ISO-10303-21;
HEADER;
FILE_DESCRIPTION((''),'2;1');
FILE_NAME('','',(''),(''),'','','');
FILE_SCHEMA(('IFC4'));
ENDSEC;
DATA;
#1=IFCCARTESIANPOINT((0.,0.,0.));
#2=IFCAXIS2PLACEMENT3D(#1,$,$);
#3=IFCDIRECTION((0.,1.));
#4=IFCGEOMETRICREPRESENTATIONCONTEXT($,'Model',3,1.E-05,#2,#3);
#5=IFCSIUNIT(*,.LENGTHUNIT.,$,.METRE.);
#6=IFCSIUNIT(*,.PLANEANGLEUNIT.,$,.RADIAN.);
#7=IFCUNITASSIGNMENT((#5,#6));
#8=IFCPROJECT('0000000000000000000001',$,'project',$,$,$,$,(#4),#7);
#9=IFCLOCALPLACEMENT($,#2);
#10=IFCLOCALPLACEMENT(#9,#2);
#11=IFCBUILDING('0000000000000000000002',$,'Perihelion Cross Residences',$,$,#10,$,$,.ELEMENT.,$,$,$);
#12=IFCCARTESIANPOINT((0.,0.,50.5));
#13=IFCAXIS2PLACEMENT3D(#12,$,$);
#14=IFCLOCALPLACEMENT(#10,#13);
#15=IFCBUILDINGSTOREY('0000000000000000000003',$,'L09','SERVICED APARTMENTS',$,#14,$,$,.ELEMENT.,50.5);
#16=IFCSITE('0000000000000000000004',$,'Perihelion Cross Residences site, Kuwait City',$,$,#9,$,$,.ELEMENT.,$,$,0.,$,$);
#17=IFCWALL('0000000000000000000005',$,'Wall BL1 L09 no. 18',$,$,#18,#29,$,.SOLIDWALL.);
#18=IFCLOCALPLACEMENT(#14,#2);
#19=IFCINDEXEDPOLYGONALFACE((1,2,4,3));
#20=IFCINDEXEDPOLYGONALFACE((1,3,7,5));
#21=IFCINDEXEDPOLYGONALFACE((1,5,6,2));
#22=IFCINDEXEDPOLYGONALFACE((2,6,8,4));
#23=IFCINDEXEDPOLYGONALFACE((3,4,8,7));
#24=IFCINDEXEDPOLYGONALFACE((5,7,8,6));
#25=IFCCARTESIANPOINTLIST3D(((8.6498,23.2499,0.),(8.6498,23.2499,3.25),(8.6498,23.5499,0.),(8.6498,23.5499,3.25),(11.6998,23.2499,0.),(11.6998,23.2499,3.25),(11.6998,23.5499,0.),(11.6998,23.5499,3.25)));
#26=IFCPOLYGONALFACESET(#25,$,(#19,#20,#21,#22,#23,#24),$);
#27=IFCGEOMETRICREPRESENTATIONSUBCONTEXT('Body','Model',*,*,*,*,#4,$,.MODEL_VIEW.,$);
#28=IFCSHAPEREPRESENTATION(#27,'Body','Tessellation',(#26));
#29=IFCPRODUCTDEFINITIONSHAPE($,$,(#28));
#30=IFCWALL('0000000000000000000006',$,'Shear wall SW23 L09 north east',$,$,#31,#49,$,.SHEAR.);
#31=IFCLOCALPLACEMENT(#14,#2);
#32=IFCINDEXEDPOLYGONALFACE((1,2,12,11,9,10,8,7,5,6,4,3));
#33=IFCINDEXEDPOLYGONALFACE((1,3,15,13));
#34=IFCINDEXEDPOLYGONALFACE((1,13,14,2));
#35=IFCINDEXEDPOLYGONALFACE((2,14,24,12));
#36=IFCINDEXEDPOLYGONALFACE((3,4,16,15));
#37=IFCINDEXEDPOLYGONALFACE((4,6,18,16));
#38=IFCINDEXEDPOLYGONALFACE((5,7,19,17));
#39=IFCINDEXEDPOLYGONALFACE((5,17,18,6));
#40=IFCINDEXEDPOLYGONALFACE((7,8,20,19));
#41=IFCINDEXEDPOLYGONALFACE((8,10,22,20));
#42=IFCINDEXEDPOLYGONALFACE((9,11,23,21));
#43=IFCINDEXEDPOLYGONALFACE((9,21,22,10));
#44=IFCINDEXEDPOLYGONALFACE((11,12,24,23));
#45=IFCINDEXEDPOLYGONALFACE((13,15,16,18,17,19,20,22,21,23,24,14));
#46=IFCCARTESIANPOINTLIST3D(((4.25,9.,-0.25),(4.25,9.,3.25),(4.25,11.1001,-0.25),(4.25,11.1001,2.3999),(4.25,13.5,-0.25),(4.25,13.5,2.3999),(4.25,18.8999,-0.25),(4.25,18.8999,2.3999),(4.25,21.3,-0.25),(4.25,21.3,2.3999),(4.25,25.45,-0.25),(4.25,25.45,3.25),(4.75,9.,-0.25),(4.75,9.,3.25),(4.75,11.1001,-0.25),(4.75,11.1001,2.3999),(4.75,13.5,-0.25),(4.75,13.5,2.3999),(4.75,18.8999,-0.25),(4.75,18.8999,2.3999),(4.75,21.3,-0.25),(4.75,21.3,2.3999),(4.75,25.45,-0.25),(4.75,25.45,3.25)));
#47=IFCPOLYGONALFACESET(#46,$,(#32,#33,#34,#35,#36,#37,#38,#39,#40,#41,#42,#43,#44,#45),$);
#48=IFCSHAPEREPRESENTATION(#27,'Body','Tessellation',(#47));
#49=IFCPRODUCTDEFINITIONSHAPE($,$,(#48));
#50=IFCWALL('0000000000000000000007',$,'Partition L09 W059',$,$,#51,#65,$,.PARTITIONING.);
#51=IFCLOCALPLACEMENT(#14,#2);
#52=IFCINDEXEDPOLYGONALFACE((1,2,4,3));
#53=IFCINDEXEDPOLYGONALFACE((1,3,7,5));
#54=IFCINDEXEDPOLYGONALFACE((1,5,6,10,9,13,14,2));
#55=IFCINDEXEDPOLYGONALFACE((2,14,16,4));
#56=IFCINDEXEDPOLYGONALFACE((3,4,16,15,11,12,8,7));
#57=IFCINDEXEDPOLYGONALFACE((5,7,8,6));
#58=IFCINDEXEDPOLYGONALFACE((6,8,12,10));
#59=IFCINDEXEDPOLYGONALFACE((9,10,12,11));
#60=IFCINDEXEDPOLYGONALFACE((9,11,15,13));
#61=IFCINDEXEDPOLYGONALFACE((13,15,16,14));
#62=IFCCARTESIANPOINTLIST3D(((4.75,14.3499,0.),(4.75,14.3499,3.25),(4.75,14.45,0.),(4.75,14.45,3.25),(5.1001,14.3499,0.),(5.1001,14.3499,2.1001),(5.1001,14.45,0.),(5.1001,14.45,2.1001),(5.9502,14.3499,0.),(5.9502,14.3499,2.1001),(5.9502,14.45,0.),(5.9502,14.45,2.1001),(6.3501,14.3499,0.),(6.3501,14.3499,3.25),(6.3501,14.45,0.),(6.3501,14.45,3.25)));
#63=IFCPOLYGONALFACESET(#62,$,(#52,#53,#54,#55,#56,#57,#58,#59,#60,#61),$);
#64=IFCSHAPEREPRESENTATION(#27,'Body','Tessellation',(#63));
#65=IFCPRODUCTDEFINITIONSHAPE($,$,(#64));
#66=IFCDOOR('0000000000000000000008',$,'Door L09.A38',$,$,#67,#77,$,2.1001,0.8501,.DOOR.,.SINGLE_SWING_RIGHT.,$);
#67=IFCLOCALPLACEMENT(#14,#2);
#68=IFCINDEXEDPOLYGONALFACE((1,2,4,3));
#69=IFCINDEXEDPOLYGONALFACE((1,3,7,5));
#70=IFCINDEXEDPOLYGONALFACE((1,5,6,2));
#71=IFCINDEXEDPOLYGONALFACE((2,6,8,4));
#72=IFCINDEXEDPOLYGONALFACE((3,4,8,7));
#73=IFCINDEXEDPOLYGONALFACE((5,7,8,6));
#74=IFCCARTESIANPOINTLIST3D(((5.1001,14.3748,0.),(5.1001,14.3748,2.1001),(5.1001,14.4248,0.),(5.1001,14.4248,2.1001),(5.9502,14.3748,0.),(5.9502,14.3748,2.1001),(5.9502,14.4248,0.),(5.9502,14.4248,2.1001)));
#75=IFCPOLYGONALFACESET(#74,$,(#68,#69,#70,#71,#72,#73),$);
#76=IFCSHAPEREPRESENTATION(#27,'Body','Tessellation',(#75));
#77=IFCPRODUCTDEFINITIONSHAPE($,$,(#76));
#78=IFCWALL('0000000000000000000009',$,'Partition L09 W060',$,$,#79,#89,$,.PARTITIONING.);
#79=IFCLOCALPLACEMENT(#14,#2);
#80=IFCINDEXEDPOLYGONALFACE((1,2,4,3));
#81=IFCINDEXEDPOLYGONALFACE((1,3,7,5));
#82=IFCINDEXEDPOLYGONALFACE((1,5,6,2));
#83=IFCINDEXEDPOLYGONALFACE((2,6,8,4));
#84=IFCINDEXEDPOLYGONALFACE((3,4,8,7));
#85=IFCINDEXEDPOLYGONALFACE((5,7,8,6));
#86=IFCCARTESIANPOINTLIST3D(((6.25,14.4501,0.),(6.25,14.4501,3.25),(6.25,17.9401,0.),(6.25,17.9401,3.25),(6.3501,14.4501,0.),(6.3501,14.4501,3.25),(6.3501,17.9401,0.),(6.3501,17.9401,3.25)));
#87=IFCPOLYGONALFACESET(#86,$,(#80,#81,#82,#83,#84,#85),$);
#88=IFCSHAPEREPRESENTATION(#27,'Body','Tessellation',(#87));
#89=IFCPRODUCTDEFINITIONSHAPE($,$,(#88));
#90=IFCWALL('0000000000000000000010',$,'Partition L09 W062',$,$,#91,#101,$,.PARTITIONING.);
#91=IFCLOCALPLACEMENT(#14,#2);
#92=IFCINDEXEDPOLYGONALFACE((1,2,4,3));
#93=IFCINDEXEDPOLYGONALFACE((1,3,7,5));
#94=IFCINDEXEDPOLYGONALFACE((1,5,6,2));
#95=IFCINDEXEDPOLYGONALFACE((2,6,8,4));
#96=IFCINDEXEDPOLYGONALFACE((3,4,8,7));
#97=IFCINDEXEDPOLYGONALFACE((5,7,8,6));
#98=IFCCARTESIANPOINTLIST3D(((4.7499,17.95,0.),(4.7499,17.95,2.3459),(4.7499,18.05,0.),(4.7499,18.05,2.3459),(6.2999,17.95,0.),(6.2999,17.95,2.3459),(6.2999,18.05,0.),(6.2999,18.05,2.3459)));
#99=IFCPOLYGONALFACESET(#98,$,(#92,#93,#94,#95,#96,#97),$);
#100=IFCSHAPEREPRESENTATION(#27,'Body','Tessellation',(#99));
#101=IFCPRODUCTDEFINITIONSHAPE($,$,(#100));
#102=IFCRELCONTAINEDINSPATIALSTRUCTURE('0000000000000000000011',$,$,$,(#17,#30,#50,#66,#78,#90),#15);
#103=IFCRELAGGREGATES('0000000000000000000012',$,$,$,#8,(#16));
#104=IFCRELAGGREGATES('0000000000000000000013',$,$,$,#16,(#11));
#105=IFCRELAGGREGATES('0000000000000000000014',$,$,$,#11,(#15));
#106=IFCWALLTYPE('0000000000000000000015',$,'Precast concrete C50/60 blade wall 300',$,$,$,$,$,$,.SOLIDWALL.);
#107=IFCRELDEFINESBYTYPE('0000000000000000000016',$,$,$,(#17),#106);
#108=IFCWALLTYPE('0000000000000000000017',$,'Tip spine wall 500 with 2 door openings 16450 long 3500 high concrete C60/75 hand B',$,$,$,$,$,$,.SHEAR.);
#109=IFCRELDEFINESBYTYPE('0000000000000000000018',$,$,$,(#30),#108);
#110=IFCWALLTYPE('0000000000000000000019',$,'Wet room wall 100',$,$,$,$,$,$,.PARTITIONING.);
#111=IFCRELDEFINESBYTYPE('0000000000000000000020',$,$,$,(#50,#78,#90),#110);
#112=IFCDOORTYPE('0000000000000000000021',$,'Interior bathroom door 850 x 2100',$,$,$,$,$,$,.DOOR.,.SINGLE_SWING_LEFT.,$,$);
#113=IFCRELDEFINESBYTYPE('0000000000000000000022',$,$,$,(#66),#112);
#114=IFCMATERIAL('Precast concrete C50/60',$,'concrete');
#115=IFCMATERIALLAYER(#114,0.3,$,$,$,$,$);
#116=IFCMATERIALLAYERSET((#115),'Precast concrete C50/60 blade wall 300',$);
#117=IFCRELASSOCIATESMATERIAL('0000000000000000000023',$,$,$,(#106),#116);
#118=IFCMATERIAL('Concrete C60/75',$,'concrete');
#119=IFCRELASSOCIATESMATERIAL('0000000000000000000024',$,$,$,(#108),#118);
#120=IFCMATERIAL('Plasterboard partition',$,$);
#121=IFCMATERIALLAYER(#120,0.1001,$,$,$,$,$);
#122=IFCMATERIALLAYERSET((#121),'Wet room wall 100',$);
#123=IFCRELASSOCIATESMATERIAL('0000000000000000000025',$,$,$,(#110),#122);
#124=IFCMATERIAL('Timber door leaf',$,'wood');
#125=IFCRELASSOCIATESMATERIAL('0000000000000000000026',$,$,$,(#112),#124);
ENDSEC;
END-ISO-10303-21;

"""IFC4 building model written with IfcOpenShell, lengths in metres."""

from ifc_helpers import new_model, si_unit, direction, frame, frame_2d, origin, place, context, subcontext, project, spatial, polyline, rectangle, outline, extrude, material, layer, layer_set, material_profile, profile_set, type_object, element, fill, save


model = new_model("IFC4")

# Units and contexts
model_context = context("Model", 3, precision=1e-05, world=origin(), true_north=direction((0.0, 1.0)))
body_context = subcontext(model_context, "Body", "Model", "MODEL_VIEW")
ifc_project = project(units=[si_unit("LENGTHUNIT", "METRE"), si_unit("PLANEANGLEUNIT", "RADIAN")], contexts=[model_context])

# Site, building, storey
site_placement = place(None, origin())
site = spatial("IfcSite", under=ifc_project, at=site_placement, Name="Perihelion Cross Residences site, Kuwait City", CompositionType="ELEMENT", RefElevation=0.0)
building_placement = place(site_placement, origin())
building = spatial("IfcBuilding", under=site, at=building_placement, Name="Perihelion Cross Residences", CompositionType="ELEMENT")
storey_placement = place(building_placement, frame((0.0, 0.0, 50.5)))
storey = spatial("IfcBuildingStorey", under=building, at=storey_placement, Name="L09", Description="SERVICED APARTMENTS", CompositionType="ELEMENT", Elevation=50.5)

# Walls
ifc_material_1 = material(Name="Precast concrete C50/60", Category="concrete")
ifc_layer_1 = layer(ifc_material_1, 0.3)
ifc_layer_set_1 = layer_set([ifc_layer_1], Name="Precast concrete C50/60 blade wall 300")
wall_type_1 = type_object("IfcWallType", Name="Precast concrete C50/60 blade wall 300", PredefinedType="SOLIDWALL", material=ifc_layer_set_1)
wall_1_placement = place(storey_placement, frame((8.6499, 23.3999, 0.0), z_axis=(0.0, 0.0, 1.0), x_axis=(1.0, 0.0, 0.0)))
element("IfcWall", 1, at=wall_1_placement, inside=storey, type_object=wall_type_1, Name="Wall BL1 L09 no. 18", PredefinedType="SOLIDWALL", context=body_context, shape_type="SweptSolid", body=[
    extrude(rectangle(XDim=3.05, YDim=0.3, at=frame_2d((1.5249, 0.0))), origin(), (0.0, 0.0, 1.0), 3.25),
])
ifc_material_2 = material(Name="Concrete C60/75", Category="concrete")
ifc_material_profile_1 = material_profile(ifc_material_2, outline(polyline([(0.0, 0.0), (2.1001, 0.0), (2.1001, 2.6499), (4.5, 2.6499), (4.5, 0.0), (9.8999, 0.0), (9.8999, 2.6499), (12.3, 2.6499), (12.3, 0.0), (16.45, 0.0), (16.45, 3.5), (0.0, 3.5), (0.0, 0.0)])), Name="Tip spine wall")
ifc_profile_set_1 = profile_set([ifc_material_profile_1], Name="Concrete C60/75")
wall_type_2 = type_object("IfcWallType", Name="Tip spine wall 500 with 2 door openings 16450 long 3500 high concrete C60/75 hand B", PredefinedType="SHEAR", material=ifc_profile_set_1)
wall_2_placement = place(storey_placement, frame((4.25, 9.0, -0.25), z_axis=(1.0, 0.0, 0.0), x_axis=(0.0, 1.0, 0.0)))
element("IfcWall", 2, at=wall_2_placement, inside=storey, type_object=wall_type_2, Name="Shear wall SW23 L09 north east", PredefinedType="SHEAR", context=body_context, shape_type="SweptSolid", body=[
    extrude(outline(polyline([(0.0, 0.0), (2.1001, 0.0), (2.1001, 2.6499), (4.5, 2.6499), (4.5, 0.0), (9.8999, 0.0), (9.8999, 2.6499), (12.3, 2.6499), (12.3, 0.0), (16.45, 0.0), (16.45, 3.5), (0.0, 3.5), (0.0, 0.0)])), origin(), (0.0, 0.0, 1.0), 0.5),
])

# Wall, opening, door
ifc_material_3 = material(Name="Plasterboard partition")
ifc_layer_2 = layer(ifc_material_3, 0.1001)
ifc_layer_set_2 = layer_set([ifc_layer_2], Name="Wet room wall 100")
wall_type_3 = type_object("IfcWallType", Name="Wet room wall 100", PredefinedType="PARTITIONING", material=ifc_layer_set_2)
wall_3_placement = place(storey_placement, frame((4.75, 14.3999, 0.0), z_axis=(0.0, 0.0, 1.0), x_axis=(1.0, 0.0, 0.0)))
wall_3 = element("IfcWall", 3, at=wall_3_placement, inside=storey, type_object=wall_type_3, Name="Partition L09 W059", PredefinedType="PARTITIONING", context=body_context, shape_type="SweptSolid", body=[
    extrude(rectangle(XDim=1.6001, YDim=0.1001, at=frame_2d((0.8, 0.0))), origin(), (0.0, 0.0, 1.0), 3.25),
])
opening_1_placement = place(wall_3_placement, frame((0.3501, 0.0, 0.0)))
opening_1 = element("IfcOpeningElement", 4, at=opening_1_placement, cuts=wall_3, PredefinedType="OPENING", context=body_context, shape_type="SweptSolid", body=[
    extrude(rectangle(XDim=0.8501, YDim=2.1001, at=frame_2d((0.425, 1.05))), frame((0.0, 0.0601, 0.0), z_axis=(0.0, -1.0, 0.0), x_axis=(1.0, 0.0, 0.0)), (0.0, 0.0, 1.0), 0.1201),
])
ifc_material_4 = material(Name="Timber door leaf", Category="wood")
door_type_1 = type_object("IfcDoorType", Name="Interior bathroom door 850 x 2100", OperationType="SINGLE_SWING_LEFT", PredefinedType="DOOR", material=ifc_material_4)
door_1_placement = place(opening_1_placement, origin())
door_1 = element("IfcDoor", 5, at=door_1_placement, inside=storey, type_object=door_type_1, Name="Door L09.A38", OperationType="SINGLE_SWING_RIGHT", OverallHeight=2.1001, OverallWidth=0.8501, PredefinedType="DOOR", context=body_context, shape_type="SweptSolid", body=[
    extrude(rectangle(XDim=0.8501, YDim=2.1001, at=frame_2d((0.425, 1.05))), frame((0.0, 0.0249, 0.0), z_axis=(0.0, -1.0, 0.0), x_axis=(1.0, 0.0, 0.0)), (0.0, 0.0, 1.0), 0.05),
])
fill(opening_1, door_1)

# Walls
wall_4_placement = place(storey_placement, frame((6.3, 14.45, 0.0), z_axis=(0.0, 0.0, 1.0), x_axis=(0.0, 1.0, 0.0)))
element("IfcWall", 6, at=wall_4_placement, inside=storey, type_object=wall_type_3, Name="Partition L09 W060", PredefinedType="PARTITIONING", context=body_context, shape_type="SweptSolid", body=[
    extrude(rectangle(XDim=3.49, YDim=0.1001, at=frame_2d((1.7451, 0.0))), origin(), (0.0, 0.0, 1.0), 3.25),
])
wall_5_placement = place(storey_placement, frame((4.75, 18.0, 0.0), z_axis=(0.0, 0.0, 1.0), x_axis=(1.0, 0.0, 0.0)))
element("IfcWall", 7, at=wall_5_placement, inside=storey, type_object=wall_type_3, Name="Partition L09 W062", PredefinedType="PARTITIONING", context=body_context, shape_type="SweptSolid", body=[
    extrude(rectangle(XDim=1.55, YDim=0.1001, at=frame_2d((0.7749, 0.0))), origin(), (0.0, 0.0, 1.0), 2.3459),
])

save(model, "model.ifc")
